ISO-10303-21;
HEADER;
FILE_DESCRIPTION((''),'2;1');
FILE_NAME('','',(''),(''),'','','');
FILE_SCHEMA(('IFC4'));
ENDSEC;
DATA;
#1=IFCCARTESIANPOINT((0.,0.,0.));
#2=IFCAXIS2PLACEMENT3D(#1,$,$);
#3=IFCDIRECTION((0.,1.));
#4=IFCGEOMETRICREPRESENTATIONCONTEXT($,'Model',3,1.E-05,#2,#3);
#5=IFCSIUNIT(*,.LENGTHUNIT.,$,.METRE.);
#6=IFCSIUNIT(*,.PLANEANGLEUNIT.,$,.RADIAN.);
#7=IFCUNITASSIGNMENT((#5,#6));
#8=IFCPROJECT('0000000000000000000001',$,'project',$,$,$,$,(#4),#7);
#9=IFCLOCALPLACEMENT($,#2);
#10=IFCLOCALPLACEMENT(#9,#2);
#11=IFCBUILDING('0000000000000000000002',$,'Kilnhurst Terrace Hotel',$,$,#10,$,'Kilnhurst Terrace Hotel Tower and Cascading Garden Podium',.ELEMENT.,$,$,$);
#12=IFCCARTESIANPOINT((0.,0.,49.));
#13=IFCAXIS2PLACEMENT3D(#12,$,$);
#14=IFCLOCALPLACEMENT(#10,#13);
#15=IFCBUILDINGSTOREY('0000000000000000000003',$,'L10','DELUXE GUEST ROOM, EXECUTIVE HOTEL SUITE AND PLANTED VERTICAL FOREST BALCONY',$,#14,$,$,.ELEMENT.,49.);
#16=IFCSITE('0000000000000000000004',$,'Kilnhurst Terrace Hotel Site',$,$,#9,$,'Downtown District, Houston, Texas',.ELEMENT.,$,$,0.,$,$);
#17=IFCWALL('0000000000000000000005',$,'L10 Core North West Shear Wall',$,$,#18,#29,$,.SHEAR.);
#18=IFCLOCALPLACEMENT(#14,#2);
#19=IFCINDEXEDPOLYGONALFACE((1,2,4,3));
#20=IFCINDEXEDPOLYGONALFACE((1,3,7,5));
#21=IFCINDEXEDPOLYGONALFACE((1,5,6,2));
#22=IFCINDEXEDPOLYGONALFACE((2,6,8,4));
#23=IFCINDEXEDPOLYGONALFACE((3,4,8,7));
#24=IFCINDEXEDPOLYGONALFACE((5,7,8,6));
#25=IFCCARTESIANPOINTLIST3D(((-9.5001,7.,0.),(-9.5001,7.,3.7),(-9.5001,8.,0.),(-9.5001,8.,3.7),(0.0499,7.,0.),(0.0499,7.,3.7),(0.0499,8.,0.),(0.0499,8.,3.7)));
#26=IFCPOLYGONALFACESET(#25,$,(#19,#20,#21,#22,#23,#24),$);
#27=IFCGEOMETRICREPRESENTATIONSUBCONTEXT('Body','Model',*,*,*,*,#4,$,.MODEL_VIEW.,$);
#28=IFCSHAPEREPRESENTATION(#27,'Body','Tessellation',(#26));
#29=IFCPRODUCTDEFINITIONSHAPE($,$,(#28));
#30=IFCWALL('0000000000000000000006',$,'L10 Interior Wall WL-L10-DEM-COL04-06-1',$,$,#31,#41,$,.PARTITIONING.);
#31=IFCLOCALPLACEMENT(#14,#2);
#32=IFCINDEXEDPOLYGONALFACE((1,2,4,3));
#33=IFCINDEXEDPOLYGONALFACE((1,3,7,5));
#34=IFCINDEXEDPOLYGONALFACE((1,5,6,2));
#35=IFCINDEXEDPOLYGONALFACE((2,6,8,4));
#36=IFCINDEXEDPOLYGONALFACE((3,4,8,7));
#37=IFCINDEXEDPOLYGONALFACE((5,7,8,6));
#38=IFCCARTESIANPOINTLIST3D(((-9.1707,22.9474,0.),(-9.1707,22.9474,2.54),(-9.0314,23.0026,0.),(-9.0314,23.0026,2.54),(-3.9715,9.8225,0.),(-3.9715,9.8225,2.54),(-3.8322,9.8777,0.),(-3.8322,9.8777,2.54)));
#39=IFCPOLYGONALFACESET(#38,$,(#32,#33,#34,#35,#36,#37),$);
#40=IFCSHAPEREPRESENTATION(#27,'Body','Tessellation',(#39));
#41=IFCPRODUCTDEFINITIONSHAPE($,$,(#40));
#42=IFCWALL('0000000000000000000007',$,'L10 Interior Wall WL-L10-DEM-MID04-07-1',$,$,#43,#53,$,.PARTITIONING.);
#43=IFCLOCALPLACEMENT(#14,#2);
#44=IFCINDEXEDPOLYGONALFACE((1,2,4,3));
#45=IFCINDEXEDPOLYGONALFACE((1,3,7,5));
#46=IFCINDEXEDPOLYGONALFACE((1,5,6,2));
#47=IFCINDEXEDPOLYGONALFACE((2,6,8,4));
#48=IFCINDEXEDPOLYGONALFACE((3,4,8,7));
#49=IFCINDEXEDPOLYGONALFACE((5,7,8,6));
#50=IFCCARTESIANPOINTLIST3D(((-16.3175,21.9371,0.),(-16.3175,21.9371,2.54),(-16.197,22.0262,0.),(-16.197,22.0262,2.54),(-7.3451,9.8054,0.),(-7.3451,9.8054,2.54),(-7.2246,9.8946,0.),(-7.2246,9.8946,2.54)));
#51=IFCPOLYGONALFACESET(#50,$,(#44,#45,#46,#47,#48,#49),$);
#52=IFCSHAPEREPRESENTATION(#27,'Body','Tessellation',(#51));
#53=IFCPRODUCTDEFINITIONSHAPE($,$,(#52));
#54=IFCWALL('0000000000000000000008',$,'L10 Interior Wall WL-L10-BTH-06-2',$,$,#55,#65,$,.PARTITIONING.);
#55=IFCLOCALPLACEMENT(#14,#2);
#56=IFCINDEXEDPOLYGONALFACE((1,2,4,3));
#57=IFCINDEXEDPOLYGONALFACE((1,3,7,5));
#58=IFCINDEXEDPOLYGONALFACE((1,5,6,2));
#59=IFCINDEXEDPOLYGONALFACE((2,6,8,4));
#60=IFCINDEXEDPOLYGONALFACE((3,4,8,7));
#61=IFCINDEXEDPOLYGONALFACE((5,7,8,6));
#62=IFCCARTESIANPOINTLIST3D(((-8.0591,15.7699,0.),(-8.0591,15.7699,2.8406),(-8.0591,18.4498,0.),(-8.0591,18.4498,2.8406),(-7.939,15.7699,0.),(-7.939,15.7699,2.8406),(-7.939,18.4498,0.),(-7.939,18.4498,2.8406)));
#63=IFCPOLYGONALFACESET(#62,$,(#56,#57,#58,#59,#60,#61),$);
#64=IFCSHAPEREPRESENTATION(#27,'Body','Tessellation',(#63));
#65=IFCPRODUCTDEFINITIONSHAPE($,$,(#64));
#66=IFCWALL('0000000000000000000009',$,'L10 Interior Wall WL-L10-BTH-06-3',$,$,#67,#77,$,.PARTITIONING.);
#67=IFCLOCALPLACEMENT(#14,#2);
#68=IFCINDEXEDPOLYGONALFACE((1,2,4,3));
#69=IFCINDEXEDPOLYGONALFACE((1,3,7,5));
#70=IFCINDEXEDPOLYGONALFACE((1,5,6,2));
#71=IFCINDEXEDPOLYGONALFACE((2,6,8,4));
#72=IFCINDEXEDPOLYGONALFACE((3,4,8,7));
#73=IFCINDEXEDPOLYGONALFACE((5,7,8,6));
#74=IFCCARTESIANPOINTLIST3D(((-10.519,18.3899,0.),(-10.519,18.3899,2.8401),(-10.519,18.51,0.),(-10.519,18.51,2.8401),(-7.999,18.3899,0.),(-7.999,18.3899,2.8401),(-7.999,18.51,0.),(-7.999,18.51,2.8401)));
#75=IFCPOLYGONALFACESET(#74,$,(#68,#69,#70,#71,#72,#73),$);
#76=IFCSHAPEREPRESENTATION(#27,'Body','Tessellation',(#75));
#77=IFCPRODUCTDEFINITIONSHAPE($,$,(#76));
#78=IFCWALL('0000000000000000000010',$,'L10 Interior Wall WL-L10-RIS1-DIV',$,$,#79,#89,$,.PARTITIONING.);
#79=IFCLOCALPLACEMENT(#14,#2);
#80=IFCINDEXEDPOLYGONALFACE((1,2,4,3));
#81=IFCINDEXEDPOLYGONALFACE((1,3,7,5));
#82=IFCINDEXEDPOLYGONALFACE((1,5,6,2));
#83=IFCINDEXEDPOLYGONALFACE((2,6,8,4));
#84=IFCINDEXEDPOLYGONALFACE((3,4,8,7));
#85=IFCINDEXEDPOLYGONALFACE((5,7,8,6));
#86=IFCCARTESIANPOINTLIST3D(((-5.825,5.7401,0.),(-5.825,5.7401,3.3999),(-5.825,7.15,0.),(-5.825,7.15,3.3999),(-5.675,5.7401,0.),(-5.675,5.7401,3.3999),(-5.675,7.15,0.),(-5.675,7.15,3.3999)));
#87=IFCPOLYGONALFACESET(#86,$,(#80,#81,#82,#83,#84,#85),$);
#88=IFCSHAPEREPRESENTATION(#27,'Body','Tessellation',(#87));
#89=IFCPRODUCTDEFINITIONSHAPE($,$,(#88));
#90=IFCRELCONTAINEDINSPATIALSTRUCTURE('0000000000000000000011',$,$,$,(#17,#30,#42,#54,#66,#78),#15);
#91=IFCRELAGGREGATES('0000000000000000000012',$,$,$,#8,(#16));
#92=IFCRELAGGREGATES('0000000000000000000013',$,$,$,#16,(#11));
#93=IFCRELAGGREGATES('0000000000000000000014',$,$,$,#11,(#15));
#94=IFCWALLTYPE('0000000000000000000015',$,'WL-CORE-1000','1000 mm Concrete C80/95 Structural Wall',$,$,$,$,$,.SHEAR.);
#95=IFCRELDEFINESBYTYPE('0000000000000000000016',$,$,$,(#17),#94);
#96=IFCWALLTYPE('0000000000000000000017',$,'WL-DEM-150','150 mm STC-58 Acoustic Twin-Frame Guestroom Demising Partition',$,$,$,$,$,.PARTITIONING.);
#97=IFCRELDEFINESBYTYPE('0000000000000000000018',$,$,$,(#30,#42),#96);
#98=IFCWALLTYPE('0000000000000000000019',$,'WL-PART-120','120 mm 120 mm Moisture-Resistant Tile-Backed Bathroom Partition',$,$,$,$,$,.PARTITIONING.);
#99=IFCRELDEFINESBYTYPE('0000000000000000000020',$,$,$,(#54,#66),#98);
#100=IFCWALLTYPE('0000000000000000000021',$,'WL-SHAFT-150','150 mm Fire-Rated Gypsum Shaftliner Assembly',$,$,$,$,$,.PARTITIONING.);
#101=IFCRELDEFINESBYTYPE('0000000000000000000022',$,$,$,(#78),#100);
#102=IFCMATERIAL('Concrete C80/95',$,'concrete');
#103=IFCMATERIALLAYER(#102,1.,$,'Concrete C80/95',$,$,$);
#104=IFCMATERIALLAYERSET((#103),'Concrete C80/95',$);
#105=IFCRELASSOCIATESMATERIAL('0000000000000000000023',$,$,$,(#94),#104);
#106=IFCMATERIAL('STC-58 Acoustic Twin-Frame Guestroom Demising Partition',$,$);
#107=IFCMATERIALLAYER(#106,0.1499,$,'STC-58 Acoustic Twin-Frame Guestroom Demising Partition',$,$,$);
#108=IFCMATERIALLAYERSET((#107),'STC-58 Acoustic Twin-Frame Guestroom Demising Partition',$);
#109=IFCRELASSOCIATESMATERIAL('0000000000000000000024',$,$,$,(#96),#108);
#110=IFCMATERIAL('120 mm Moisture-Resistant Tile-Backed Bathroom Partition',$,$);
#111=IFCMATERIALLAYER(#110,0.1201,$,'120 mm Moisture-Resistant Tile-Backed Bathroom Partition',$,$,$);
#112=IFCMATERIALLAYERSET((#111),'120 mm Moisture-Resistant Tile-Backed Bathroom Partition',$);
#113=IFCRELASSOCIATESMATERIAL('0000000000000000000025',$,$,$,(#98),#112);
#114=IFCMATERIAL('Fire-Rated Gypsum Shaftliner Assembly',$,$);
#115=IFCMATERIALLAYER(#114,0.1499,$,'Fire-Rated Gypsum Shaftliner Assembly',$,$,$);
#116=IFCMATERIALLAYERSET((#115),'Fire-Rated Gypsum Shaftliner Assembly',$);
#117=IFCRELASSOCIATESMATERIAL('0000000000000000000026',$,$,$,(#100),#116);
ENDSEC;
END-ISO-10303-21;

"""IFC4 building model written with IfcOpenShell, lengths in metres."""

from ifc_helpers import new_model, si_unit, direction, frame, frame_2d, origin, place, context, subcontext, project, spatial, rectangle, extrude, material, layer, layer_set, type_object, element, save


model = new_model("IFC4")

# Units and contexts
model_context = context("Model", 3, precision=1e-05, world=origin(), true_north=direction((0.0, 1.0)))
body_context = subcontext(model_context, "Body", "Model", "MODEL_VIEW")
ifc_project = project(units=[si_unit("LENGTHUNIT", "METRE"), si_unit("PLANEANGLEUNIT", "RADIAN")], contexts=[model_context])

# Site, building, storey
site_placement = place(None, origin())
site = spatial("IfcSite", under=ifc_project, at=site_placement, Name="Kilnhurst Terrace Hotel Site", LongName="Downtown District, Houston, Texas", CompositionType="ELEMENT", RefElevation=0.0)
building_placement = place(site_placement, origin())
building = spatial("IfcBuilding", under=site, at=building_placement, Name="Kilnhurst Terrace Hotel", LongName="Kilnhurst Terrace Hotel Tower and Cascading Garden Podium", CompositionType="ELEMENT")
storey_placement = place(building_placement, frame((0.0, 0.0, 49.0)))
storey = spatial("IfcBuildingStorey", under=building, at=storey_placement, Name="L10", Description="DELUXE GUEST ROOM, EXECUTIVE HOTEL SUITE AND PLANTED VERTICAL FOREST BALCONY", CompositionType="ELEMENT", Elevation=49.0)

# Shared definitions
ifc_material_1 = material(Name="Concrete C80/95", Category="concrete")

# Walls
ifc_layer_1 = layer(ifc_material_1, 1.0, Name="Concrete C80/95")
ifc_layer_set_1 = layer_set([ifc_layer_1], Name="Concrete C80/95")
wall_type_1 = type_object("IfcWallType", Name="WL-CORE-1000", Description="1000 mm Concrete C80/95 Structural Wall", PredefinedType="SHEAR", material=ifc_layer_set_1)
wall_1_placement = place(storey_placement, frame((-9.5, 7.5, 0.0), z_axis=(0.0, 0.0, 1.0), x_axis=(1.0, 0.0, 0.0)))
element("IfcWall", 1, at=wall_1_placement, inside=storey, type_object=wall_type_1, Name="L10 Core North West Shear Wall", PredefinedType="SHEAR", context=body_context, shape_type="SweptSolid", body=[
    extrude(rectangle(XDim=9.55, YDim=1.0, at=frame_2d((4.7749, 0.0))), origin(), (0.0, 0.0, 1.0), 3.7),
])
ifc_material_2 = material(Name="STC-58 Acoustic Twin-Frame Guestroom Demising Partition")
ifc_layer_2 = layer(ifc_material_2, 0.1499, Name="STC-58 Acoustic Twin-Frame Guestroom Demising Partition")
ifc_layer_set_2 = layer_set([ifc_layer_2], Name="STC-58 Acoustic Twin-Frame Guestroom Demising Partition")
wall_type_2 = type_object("IfcWallType", Name="WL-DEM-150", Description="150 mm STC-58 Acoustic Twin-Frame Guestroom Demising Partition", PredefinedType="PARTITIONING", material=ifc_layer_set_2)
wall_2_placement = place(storey_placement, frame((-3.9019, 9.8501, 0.0), z_axis=(0.0, 0.0, 1.0), x_axis=(-0.368288, 0.929712, 0.0)))
element("IfcWall", 2, at=wall_2_placement, inside=storey, type_object=wall_type_2, Name="L10 Interior Wall WL-L10-DEM-COL04-06-1", PredefinedType="PARTITIONING", context=body_context, shape_type="SweptSolid", body=[
    extrude(rectangle(XDim=14.1172, YDim=0.1499, at=frame_2d((7.0586, 0.0))), origin(), (0.0, 0.0, 1.0), 2.54),
])
wall_3_placement = place(storey_placement, frame((-7.2849, 9.8501, 0.0), z_axis=(0.0, 0.0, 1.0), x_axis=(-0.59463, 0.803999, 0.0)))
element("IfcWall", 3, at=wall_3_placement, inside=storey, type_object=wall_type_2, Name="L10 Interior Wall WL-L10-DEM-MID04-07-1", PredefinedType="PARTITIONING", context=body_context, shape_type="SweptSolid", body=[
    extrude(rectangle(XDim=15.0891, YDim=0.1499, at=frame_2d((7.5444, 0.0))), origin(), (0.0, 0.0, 1.0), 2.54),
])
ifc_material_3 = material(Name="120 mm Moisture-Resistant Tile-Backed Bathroom Partition")
ifc_layer_3 = layer(ifc_material_3, 0.1201, Name="120 mm Moisture-Resistant Tile-Backed Bathroom Partition")
ifc_layer_set_3 = layer_set([ifc_layer_3], Name="120 mm Moisture-Resistant Tile-Backed Bathroom Partition")
wall_type_3 = type_object("IfcWallType", Name="WL-PART-120", Description="120 mm 120 mm Moisture-Resistant Tile-Backed Bathroom Partition", PredefinedType="PARTITIONING", material=ifc_layer_set_3)
wall_4_placement = place(storey_placement, frame((-7.999, 15.77, 0.0), z_axis=(0.0, 0.0, 1.0), x_axis=(0.0, 1.0, 0.0)))
element("IfcWall", 4, at=wall_4_placement, inside=storey, type_object=wall_type_3, Name="L10 Interior Wall WL-L10-BTH-06-2", PredefinedType="PARTITIONING", context=body_context, shape_type="SweptSolid", body=[
    extrude(rectangle(XDim=2.6799, YDim=0.1201, at=frame_2d((1.3398, 0.0))), origin(), (0.0, 0.0, 1.0), 2.8406),
])
wall_5_placement = place(storey_placement, frame((-7.999, 18.45, 0.0), z_axis=(0.0, 0.0, 1.0), x_axis=(-1.0, 0.0, 0.0)))
element("IfcWall", 5, at=wall_5_placement, inside=storey, type_object=wall_type_3, Name="L10 Interior Wall WL-L10-BTH-06-3", PredefinedType="PARTITIONING", context=body_context, shape_type="SweptSolid", body=[
    extrude(rectangle(XDim=2.52, YDim=0.1201, at=frame_2d((1.26, 0.0))), origin(), (0.0, 0.0, 1.0), 2.8401),
])
ifc_material_4 = material(Name="Fire-Rated Gypsum Shaftliner Assembly")
ifc_layer_4 = layer(ifc_material_4, 0.1499, Name="Fire-Rated Gypsum Shaftliner Assembly")
ifc_layer_set_4 = layer_set([ifc_layer_4], Name="Fire-Rated Gypsum Shaftliner Assembly")
wall_type_4 = type_object("IfcWallType", Name="WL-SHAFT-150", Description="150 mm Fire-Rated Gypsum Shaftliner Assembly", PredefinedType="PARTITIONING", material=ifc_layer_set_4)
wall_6_placement = place(storey_placement, frame((-5.75, 5.74, 0.0), z_axis=(0.0, 0.0, 1.0), x_axis=(0.0, 1.0, 0.0)))
element("IfcWall", 6, at=wall_6_placement, inside=storey, type_object=wall_type_4, Name="L10 Interior Wall WL-L10-RIS1-DIV", PredefinedType="PARTITIONING", context=body_context, shape_type="SweptSolid", body=[
    extrude(rectangle(XDim=1.4099, YDim=0.1499, at=frame_2d((0.7051, 0.0))), origin(), (0.0, 0.0, 1.0), 3.3999),
])

save(model, "model.ifc")
